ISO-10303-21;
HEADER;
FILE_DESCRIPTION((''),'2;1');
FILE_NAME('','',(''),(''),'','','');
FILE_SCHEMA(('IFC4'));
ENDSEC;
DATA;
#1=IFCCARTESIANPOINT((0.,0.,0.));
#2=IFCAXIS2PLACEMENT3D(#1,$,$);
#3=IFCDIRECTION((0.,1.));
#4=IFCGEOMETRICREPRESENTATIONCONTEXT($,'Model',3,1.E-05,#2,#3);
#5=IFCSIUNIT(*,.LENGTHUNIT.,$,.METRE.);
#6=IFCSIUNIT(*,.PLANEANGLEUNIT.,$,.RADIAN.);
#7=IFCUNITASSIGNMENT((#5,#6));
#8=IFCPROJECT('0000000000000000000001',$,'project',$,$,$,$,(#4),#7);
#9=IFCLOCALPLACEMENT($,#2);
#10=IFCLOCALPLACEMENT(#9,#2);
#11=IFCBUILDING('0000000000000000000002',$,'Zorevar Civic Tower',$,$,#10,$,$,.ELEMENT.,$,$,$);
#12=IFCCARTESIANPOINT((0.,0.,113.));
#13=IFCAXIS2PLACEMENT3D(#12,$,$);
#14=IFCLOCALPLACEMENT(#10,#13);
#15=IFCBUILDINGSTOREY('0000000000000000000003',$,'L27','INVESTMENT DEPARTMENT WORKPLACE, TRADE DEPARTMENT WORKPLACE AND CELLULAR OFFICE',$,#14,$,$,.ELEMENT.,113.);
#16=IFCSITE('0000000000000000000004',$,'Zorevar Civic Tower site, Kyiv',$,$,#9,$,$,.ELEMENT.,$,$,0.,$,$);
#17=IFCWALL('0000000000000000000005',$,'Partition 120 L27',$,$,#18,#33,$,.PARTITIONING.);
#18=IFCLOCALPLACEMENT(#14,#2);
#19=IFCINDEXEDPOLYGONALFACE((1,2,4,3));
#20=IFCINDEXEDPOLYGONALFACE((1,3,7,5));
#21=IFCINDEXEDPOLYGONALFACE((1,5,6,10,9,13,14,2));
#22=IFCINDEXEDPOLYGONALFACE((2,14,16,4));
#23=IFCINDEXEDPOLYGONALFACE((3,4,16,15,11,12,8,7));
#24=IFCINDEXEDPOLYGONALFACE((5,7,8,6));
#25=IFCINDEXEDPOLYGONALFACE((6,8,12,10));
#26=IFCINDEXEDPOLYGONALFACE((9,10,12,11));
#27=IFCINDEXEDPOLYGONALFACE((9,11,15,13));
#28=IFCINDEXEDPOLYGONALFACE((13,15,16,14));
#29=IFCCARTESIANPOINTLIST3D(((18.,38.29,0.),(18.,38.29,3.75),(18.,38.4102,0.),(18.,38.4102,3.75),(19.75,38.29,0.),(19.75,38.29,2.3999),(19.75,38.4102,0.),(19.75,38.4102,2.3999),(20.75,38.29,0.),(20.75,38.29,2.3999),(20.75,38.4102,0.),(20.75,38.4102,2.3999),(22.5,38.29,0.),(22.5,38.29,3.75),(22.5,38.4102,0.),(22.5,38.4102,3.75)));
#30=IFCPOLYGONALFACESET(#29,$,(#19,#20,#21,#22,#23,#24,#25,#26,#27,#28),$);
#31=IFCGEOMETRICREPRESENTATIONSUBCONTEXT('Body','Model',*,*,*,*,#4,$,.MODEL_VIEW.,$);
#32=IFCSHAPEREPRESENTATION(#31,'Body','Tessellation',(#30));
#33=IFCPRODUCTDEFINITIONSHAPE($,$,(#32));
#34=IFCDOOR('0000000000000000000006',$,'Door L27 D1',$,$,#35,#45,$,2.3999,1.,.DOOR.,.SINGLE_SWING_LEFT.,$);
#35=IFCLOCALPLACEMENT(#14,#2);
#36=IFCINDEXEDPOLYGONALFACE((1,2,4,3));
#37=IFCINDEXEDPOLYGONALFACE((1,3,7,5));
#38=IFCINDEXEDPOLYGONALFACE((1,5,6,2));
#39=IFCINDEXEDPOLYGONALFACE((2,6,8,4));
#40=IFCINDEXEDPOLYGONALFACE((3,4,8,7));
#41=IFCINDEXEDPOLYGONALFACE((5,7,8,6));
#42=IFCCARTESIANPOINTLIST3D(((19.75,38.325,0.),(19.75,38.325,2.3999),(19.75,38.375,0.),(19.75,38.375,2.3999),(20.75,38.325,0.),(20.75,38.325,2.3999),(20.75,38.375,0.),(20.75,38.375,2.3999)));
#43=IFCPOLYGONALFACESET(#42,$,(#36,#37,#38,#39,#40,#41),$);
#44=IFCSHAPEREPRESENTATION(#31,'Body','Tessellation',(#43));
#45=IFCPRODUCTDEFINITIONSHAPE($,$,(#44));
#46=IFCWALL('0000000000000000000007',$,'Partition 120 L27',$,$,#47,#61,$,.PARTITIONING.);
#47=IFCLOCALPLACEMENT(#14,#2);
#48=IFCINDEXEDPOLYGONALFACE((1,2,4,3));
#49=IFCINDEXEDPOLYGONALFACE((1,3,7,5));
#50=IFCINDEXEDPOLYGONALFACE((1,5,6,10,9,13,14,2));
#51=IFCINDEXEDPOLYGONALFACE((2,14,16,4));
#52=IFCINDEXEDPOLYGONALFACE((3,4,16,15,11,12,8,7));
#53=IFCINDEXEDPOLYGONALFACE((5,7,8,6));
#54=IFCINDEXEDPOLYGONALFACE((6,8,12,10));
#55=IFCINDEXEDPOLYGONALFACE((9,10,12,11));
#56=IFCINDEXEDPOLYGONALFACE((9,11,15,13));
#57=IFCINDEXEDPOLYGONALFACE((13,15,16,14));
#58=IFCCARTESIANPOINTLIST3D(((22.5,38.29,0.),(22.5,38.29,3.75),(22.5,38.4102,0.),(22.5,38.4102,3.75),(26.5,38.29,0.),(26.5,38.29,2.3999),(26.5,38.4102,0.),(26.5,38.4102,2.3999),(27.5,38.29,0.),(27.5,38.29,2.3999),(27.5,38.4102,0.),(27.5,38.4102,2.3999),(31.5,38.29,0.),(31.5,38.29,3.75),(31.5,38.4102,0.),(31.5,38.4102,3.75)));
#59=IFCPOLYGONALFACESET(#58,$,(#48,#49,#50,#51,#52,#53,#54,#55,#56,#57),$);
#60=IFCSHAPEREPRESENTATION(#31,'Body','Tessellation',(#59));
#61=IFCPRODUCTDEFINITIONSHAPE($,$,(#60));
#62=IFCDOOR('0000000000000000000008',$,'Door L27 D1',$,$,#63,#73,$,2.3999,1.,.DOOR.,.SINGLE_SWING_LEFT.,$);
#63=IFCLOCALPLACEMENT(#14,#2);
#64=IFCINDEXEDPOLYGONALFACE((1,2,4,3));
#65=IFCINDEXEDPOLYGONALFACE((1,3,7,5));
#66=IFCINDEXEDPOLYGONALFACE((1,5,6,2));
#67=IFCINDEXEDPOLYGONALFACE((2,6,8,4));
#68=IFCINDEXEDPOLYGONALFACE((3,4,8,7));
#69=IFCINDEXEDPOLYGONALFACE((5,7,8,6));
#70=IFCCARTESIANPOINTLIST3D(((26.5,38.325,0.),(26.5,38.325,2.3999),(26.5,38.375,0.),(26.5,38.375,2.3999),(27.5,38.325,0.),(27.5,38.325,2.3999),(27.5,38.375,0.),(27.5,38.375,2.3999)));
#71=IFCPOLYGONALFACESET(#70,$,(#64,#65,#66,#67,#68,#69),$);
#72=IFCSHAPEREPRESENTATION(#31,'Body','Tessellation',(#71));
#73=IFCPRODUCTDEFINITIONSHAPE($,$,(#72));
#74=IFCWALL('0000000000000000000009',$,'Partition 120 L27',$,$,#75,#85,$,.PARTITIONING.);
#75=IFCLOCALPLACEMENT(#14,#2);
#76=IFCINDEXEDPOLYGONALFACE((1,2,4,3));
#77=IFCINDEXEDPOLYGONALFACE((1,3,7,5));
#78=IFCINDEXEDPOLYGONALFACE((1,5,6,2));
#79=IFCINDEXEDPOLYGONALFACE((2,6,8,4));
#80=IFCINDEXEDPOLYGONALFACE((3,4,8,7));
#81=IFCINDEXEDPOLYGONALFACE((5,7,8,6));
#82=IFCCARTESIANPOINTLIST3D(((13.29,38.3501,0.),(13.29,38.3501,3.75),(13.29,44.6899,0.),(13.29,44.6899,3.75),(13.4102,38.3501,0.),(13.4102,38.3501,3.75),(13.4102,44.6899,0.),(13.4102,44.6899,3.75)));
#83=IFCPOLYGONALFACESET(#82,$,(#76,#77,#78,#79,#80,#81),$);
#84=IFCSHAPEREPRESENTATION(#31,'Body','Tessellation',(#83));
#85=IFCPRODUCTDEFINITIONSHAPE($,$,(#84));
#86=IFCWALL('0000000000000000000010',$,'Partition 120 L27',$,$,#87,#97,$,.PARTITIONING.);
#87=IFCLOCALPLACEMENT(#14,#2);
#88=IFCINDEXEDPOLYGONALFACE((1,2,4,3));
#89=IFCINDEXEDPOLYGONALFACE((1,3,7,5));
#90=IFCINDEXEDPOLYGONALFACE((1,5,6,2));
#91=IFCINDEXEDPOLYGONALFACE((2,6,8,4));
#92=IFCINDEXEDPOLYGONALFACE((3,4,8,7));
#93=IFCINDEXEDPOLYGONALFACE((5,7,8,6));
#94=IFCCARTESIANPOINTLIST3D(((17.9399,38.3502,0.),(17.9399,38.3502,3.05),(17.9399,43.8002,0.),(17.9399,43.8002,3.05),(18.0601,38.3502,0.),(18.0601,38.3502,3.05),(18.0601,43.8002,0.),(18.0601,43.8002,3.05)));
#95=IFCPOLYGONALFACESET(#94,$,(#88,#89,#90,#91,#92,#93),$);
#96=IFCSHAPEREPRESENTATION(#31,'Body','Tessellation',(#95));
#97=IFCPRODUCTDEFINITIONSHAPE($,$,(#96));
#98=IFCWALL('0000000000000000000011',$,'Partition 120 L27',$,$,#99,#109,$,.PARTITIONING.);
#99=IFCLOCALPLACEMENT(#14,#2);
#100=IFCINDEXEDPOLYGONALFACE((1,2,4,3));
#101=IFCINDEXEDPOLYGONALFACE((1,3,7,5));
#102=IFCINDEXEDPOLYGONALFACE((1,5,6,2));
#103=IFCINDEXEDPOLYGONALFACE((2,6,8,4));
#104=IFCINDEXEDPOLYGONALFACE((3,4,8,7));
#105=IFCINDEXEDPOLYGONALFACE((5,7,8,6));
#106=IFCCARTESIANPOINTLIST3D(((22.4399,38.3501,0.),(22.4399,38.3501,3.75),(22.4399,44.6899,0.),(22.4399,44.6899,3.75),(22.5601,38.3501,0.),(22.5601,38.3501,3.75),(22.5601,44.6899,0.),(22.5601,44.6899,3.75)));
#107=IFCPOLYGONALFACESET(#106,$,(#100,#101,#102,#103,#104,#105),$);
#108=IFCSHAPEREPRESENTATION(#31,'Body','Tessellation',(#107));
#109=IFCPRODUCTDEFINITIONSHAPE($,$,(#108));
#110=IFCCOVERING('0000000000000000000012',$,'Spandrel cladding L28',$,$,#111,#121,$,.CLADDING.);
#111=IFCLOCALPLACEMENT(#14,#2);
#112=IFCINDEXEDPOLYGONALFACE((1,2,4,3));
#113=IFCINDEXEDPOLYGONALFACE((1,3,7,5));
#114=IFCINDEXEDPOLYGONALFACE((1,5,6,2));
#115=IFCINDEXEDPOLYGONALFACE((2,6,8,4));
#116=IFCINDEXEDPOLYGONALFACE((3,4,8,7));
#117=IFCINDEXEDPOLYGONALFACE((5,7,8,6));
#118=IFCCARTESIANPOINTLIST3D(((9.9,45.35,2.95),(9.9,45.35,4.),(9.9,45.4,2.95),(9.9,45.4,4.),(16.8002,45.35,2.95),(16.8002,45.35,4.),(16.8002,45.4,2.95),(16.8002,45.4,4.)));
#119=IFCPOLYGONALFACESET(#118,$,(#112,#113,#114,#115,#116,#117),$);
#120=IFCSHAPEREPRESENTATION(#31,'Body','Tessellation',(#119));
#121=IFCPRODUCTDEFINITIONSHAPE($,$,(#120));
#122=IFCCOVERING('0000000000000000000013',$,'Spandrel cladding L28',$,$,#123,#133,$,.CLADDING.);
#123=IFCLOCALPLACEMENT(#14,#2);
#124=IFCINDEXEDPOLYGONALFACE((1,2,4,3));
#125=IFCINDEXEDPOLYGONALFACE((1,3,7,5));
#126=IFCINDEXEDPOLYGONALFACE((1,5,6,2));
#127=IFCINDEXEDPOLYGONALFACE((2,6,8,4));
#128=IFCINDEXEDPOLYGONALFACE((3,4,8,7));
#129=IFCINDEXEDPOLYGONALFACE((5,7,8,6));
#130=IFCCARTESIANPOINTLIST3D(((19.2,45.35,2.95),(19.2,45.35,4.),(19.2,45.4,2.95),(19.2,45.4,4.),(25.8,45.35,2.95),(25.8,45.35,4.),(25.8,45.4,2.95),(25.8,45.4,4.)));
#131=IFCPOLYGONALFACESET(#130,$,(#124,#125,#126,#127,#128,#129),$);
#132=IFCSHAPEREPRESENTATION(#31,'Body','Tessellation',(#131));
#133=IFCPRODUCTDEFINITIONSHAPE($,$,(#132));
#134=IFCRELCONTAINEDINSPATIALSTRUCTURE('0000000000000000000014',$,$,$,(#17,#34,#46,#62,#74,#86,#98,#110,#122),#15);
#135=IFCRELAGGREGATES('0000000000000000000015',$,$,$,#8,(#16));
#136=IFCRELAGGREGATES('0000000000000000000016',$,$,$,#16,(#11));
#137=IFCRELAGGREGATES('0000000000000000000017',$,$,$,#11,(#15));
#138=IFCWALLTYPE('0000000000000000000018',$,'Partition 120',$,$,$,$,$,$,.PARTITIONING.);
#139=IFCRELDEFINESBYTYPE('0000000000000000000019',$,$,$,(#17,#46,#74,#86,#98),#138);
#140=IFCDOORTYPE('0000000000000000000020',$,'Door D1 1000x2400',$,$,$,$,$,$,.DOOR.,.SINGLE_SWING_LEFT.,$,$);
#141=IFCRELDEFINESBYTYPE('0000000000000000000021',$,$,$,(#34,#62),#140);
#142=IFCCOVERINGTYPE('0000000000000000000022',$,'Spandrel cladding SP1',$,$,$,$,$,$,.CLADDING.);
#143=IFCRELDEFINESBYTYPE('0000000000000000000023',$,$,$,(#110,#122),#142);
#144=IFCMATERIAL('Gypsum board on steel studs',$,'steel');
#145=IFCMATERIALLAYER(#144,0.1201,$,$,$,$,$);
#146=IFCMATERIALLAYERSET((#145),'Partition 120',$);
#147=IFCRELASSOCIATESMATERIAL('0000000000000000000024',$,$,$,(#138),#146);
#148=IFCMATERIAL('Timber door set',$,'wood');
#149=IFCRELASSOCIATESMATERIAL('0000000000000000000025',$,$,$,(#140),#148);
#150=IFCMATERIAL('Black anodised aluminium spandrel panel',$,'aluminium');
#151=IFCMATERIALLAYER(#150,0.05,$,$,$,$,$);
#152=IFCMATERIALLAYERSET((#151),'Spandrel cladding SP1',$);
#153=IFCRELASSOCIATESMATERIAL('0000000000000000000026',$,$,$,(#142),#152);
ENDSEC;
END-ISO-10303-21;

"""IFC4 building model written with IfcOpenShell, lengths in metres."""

from ifc_helpers import new_model, si_unit, direction, frame, frame_2d, origin, place, context, subcontext, project, spatial, rectangle, extrude, material, layer, layer_set, type_object, element, fill, save


model = new_model("IFC4")

# Units and contexts
model_context = context("Model", 3, precision=1e-05, world=origin(), true_north=direction((0.0, 1.0)))
body_context = subcontext(model_context, "Body", "Model", "MODEL_VIEW")
ifc_project = project(units=[si_unit("LENGTHUNIT", "METRE"), si_unit("PLANEANGLEUNIT", "RADIAN")], contexts=[model_context])

# Site, building, storey
site_placement = place(None, origin())
site = spatial("IfcSite", under=ifc_project, at=site_placement, Name="Zorevar Civic Tower site, Kyiv", CompositionType="ELEMENT", RefElevation=0.0)
building_placement = place(site_placement, origin())
building = spatial("IfcBuilding", under=site, at=building_placement, Name="Zorevar Civic Tower", CompositionType="ELEMENT")
storey_placement = place(building_placement, frame((0.0, 0.0, 113.0)))
storey = spatial("IfcBuildingStorey", under=building, at=storey_placement, Name="L27", Description="INVESTMENT DEPARTMENT WORKPLACE, TRADE DEPARTMENT WORKPLACE AND CELLULAR OFFICE", CompositionType="ELEMENT", Elevation=113.0)

# Walls, openings, doors
ifc_material_1 = material(Name="Gypsum board on steel studs", Category="steel")
ifc_layer_1 = layer(ifc_material_1, 0.1201)
ifc_layer_set_1 = layer_set([ifc_layer_1], Name="Partition 120")
wall_type_1 = type_object("IfcWallType", Name="Partition 120", PredefinedType="PARTITIONING", material=ifc_layer_set_1)
ifc_material_2 = material(Name="Timber door set", Category="wood")
door_type_1 = type_object("IfcDoorType", Name="Door D1 1000x2400", OperationType="SINGLE_SWING_LEFT", PredefinedType="DOOR", material=ifc_material_2)
wall_1_placement = place(storey_placement, frame((18.0, 38.3501, 0.0), z_axis=(0.0, 0.0, 1.0), x_axis=(1.0, 0.0, 0.0)))
wall_1 = element("IfcWall", 1, at=wall_1_placement, inside=storey, type_object=wall_type_1, Name="Partition 120 L27", PredefinedType="PARTITIONING", context=body_context, shape_type="SweptSolid", body=[
    extrude(rectangle(XDim=4.5, YDim=0.1201, at=frame_2d((2.25, 0.0))), origin(), (0.0, 0.0, 1.0), 3.75),
])
opening_1_placement = place(wall_1_placement, frame((1.75, 0.0, 0.0)))
opening_1 = element("IfcOpeningElement", 2, at=opening_1_placement, cuts=wall_1, PredefinedType="OPENING", context=body_context, shape_type="SweptSolid", body=[
    extrude(rectangle(XDim=1.0, YDim=2.3999, at=frame_2d((0.5, 1.2))), frame((0.0, 0.0701, 0.0), z_axis=(0.0, -1.0, 0.0), x_axis=(1.0, 0.0, 0.0)), (0.0, 0.0, 1.0), 0.1401),
])
door_1_placement = place(opening_1_placement, origin())
door_1 = element("IfcDoor", 3, at=door_1_placement, inside=storey, type_object=door_type_1, Name="Door L27 D1", OperationType="SINGLE_SWING_LEFT", OverallHeight=2.3999, OverallWidth=1.0, PredefinedType="DOOR", context=body_context, shape_type="SweptSolid", body=[
    extrude(rectangle(XDim=1.0, YDim=2.3999, at=frame_2d((0.5, 1.2))), frame((0.0, 0.0249, 0.0), z_axis=(0.0, -1.0, 0.0), x_axis=(1.0, 0.0, 0.0)), (0.0, 0.0, 1.0), 0.05),
])
fill(opening_1, door_1)
wall_2_placement = place(storey_placement, frame((22.5, 38.3501, 0.0), z_axis=(0.0, 0.0, 1.0), x_axis=(1.0, 0.0, 0.0)))
wall_2 = element("IfcWall", 4, at=wall_2_placement, inside=storey, type_object=wall_type_1, Name="Partition 120 L27", PredefinedType="PARTITIONING", context=body_context, shape_type="SweptSolid", body=[
    extrude(rectangle(XDim=9.0, YDim=0.1201, at=frame_2d((4.5, 0.0))), origin(), (0.0, 0.0, 1.0), 3.75),
])
opening_2_placement = place(wall_2_placement, frame((4.0, 0.0, 0.0)))
opening_2 = element("IfcOpeningElement", 5, at=opening_2_placement, cuts=wall_2, PredefinedType="OPENING", context=body_context, shape_type="SweptSolid", body=[
    extrude(rectangle(XDim=1.0, YDim=2.3999, at=frame_2d((0.5, 1.2))), frame((0.0, 0.0701, 0.0), z_axis=(0.0, -1.0, 0.0), x_axis=(1.0, 0.0, 0.0)), (0.0, 0.0, 1.0), 0.1401),
])
door_2_placement = place(opening_2_placement, origin())
door_2 = element("IfcDoor", 6, at=door_2_placement, inside=storey, type_object=door_type_1, Name="Door L27 D1", OperationType="SINGLE_SWING_LEFT", OverallHeight=2.3999, OverallWidth=1.0, PredefinedType="DOOR", context=body_context, shape_type="SweptSolid", body=[
    extrude(rectangle(XDim=1.0, YDim=2.3999, at=frame_2d((0.5, 1.2))), frame((0.0, 0.0249, 0.0), z_axis=(0.0, -1.0, 0.0), x_axis=(1.0, 0.0, 0.0)), (0.0, 0.0, 1.0), 0.05),
])
fill(opening_2, door_2)

# Walls
wall_3_placement = place(storey_placement, frame((13.3501, 38.3501, 0.0), z_axis=(0.0, 0.0, 1.0), x_axis=(0.0, 1.0, 0.0)))
element("IfcWall", 7, at=wall_3_placement, inside=storey, type_object=wall_type_1, Name="Partition 120 L27", PredefinedType="PARTITIONING", context=body_context, shape_type="SweptSolid", body=[
    extrude(rectangle(XDim=6.3398, YDim=0.1201, at=frame_2d((3.1699, 0.0))), origin(), (0.0, 0.0, 1.0), 3.75),
])
wall_4_placement = place(storey_placement, frame((18.0, 38.3501, 0.0), z_axis=(0.0, 0.0, 1.0), x_axis=(0.0, 1.0, 0.0)))
element("IfcWall", 8, at=wall_4_placement, inside=storey, type_object=wall_type_1, Name="Partition 120 L27", PredefinedType="PARTITIONING", context=body_context, shape_type="SweptSolid", body=[
    extrude(rectangle(XDim=5.45, YDim=0.1201, at=frame_2d((2.7251, 0.0))), origin(), (0.0, 0.0, 1.0), 3.05),
])
wall_5_placement = place(storey_placement, frame((22.5, 38.3501, 0.0), z_axis=(0.0, 0.0, 1.0), x_axis=(0.0, 1.0, 0.0)))
element("IfcWall", 9, at=wall_5_placement, inside=storey, type_object=wall_type_1, Name="Partition 120 L27", PredefinedType="PARTITIONING", context=body_context, shape_type="SweptSolid", body=[
    extrude(rectangle(XDim=6.3398, YDim=0.1201, at=frame_2d((3.1699, 0.0))), origin(), (0.0, 0.0, 1.0), 3.75),
])

# Coverings
ifc_material_3 = material(Name="Black anodised aluminium spandrel panel", Category="aluminium")
ifc_layer_2 = layer(ifc_material_3, 0.05)
ifc_layer_set_2 = layer_set([ifc_layer_2], Name="Spandrel cladding SP1")
covering_type = type_object("IfcCoveringType", Name="Spandrel cladding SP1", PredefinedType="CLADDING", material=ifc_layer_set_2)
covering_1_placement = place(storey_placement, frame((9.8999, 45.375, 2.95), z_axis=(0.0, 0.0, 1.0), x_axis=(1.0, 0.0, 0.0)))
element("IfcCovering", 10, at=covering_1_placement, inside=storey, type_object=covering_type, Name="Spandrel cladding L28", PredefinedType="CLADDING", context=body_context, shape_type="SweptSolid", body=[
    extrude(rectangle(XDim=6.9001, YDim=0.05, at=frame_2d((3.4502, 0.0))), origin(), (0.0, 0.0, 1.0), 1.05),
])
covering_2_placement = place(storey_placement, frame((19.2, 45.375, 2.95), z_axis=(0.0, 0.0, 1.0), x_axis=(1.0, 0.0, 0.0)))
element("IfcCovering", 11, at=covering_2_placement, inside=storey, type_object=covering_type, Name="Spandrel cladding L28", PredefinedType="CLADDING", context=body_context, shape_type="SweptSolid", body=[
    extrude(rectangle(XDim=6.6001, YDim=0.05, at=frame_2d((3.3, 0.0))), origin(), (0.0, 0.0, 1.0), 1.05),
])

save(model, "model.ifc")
